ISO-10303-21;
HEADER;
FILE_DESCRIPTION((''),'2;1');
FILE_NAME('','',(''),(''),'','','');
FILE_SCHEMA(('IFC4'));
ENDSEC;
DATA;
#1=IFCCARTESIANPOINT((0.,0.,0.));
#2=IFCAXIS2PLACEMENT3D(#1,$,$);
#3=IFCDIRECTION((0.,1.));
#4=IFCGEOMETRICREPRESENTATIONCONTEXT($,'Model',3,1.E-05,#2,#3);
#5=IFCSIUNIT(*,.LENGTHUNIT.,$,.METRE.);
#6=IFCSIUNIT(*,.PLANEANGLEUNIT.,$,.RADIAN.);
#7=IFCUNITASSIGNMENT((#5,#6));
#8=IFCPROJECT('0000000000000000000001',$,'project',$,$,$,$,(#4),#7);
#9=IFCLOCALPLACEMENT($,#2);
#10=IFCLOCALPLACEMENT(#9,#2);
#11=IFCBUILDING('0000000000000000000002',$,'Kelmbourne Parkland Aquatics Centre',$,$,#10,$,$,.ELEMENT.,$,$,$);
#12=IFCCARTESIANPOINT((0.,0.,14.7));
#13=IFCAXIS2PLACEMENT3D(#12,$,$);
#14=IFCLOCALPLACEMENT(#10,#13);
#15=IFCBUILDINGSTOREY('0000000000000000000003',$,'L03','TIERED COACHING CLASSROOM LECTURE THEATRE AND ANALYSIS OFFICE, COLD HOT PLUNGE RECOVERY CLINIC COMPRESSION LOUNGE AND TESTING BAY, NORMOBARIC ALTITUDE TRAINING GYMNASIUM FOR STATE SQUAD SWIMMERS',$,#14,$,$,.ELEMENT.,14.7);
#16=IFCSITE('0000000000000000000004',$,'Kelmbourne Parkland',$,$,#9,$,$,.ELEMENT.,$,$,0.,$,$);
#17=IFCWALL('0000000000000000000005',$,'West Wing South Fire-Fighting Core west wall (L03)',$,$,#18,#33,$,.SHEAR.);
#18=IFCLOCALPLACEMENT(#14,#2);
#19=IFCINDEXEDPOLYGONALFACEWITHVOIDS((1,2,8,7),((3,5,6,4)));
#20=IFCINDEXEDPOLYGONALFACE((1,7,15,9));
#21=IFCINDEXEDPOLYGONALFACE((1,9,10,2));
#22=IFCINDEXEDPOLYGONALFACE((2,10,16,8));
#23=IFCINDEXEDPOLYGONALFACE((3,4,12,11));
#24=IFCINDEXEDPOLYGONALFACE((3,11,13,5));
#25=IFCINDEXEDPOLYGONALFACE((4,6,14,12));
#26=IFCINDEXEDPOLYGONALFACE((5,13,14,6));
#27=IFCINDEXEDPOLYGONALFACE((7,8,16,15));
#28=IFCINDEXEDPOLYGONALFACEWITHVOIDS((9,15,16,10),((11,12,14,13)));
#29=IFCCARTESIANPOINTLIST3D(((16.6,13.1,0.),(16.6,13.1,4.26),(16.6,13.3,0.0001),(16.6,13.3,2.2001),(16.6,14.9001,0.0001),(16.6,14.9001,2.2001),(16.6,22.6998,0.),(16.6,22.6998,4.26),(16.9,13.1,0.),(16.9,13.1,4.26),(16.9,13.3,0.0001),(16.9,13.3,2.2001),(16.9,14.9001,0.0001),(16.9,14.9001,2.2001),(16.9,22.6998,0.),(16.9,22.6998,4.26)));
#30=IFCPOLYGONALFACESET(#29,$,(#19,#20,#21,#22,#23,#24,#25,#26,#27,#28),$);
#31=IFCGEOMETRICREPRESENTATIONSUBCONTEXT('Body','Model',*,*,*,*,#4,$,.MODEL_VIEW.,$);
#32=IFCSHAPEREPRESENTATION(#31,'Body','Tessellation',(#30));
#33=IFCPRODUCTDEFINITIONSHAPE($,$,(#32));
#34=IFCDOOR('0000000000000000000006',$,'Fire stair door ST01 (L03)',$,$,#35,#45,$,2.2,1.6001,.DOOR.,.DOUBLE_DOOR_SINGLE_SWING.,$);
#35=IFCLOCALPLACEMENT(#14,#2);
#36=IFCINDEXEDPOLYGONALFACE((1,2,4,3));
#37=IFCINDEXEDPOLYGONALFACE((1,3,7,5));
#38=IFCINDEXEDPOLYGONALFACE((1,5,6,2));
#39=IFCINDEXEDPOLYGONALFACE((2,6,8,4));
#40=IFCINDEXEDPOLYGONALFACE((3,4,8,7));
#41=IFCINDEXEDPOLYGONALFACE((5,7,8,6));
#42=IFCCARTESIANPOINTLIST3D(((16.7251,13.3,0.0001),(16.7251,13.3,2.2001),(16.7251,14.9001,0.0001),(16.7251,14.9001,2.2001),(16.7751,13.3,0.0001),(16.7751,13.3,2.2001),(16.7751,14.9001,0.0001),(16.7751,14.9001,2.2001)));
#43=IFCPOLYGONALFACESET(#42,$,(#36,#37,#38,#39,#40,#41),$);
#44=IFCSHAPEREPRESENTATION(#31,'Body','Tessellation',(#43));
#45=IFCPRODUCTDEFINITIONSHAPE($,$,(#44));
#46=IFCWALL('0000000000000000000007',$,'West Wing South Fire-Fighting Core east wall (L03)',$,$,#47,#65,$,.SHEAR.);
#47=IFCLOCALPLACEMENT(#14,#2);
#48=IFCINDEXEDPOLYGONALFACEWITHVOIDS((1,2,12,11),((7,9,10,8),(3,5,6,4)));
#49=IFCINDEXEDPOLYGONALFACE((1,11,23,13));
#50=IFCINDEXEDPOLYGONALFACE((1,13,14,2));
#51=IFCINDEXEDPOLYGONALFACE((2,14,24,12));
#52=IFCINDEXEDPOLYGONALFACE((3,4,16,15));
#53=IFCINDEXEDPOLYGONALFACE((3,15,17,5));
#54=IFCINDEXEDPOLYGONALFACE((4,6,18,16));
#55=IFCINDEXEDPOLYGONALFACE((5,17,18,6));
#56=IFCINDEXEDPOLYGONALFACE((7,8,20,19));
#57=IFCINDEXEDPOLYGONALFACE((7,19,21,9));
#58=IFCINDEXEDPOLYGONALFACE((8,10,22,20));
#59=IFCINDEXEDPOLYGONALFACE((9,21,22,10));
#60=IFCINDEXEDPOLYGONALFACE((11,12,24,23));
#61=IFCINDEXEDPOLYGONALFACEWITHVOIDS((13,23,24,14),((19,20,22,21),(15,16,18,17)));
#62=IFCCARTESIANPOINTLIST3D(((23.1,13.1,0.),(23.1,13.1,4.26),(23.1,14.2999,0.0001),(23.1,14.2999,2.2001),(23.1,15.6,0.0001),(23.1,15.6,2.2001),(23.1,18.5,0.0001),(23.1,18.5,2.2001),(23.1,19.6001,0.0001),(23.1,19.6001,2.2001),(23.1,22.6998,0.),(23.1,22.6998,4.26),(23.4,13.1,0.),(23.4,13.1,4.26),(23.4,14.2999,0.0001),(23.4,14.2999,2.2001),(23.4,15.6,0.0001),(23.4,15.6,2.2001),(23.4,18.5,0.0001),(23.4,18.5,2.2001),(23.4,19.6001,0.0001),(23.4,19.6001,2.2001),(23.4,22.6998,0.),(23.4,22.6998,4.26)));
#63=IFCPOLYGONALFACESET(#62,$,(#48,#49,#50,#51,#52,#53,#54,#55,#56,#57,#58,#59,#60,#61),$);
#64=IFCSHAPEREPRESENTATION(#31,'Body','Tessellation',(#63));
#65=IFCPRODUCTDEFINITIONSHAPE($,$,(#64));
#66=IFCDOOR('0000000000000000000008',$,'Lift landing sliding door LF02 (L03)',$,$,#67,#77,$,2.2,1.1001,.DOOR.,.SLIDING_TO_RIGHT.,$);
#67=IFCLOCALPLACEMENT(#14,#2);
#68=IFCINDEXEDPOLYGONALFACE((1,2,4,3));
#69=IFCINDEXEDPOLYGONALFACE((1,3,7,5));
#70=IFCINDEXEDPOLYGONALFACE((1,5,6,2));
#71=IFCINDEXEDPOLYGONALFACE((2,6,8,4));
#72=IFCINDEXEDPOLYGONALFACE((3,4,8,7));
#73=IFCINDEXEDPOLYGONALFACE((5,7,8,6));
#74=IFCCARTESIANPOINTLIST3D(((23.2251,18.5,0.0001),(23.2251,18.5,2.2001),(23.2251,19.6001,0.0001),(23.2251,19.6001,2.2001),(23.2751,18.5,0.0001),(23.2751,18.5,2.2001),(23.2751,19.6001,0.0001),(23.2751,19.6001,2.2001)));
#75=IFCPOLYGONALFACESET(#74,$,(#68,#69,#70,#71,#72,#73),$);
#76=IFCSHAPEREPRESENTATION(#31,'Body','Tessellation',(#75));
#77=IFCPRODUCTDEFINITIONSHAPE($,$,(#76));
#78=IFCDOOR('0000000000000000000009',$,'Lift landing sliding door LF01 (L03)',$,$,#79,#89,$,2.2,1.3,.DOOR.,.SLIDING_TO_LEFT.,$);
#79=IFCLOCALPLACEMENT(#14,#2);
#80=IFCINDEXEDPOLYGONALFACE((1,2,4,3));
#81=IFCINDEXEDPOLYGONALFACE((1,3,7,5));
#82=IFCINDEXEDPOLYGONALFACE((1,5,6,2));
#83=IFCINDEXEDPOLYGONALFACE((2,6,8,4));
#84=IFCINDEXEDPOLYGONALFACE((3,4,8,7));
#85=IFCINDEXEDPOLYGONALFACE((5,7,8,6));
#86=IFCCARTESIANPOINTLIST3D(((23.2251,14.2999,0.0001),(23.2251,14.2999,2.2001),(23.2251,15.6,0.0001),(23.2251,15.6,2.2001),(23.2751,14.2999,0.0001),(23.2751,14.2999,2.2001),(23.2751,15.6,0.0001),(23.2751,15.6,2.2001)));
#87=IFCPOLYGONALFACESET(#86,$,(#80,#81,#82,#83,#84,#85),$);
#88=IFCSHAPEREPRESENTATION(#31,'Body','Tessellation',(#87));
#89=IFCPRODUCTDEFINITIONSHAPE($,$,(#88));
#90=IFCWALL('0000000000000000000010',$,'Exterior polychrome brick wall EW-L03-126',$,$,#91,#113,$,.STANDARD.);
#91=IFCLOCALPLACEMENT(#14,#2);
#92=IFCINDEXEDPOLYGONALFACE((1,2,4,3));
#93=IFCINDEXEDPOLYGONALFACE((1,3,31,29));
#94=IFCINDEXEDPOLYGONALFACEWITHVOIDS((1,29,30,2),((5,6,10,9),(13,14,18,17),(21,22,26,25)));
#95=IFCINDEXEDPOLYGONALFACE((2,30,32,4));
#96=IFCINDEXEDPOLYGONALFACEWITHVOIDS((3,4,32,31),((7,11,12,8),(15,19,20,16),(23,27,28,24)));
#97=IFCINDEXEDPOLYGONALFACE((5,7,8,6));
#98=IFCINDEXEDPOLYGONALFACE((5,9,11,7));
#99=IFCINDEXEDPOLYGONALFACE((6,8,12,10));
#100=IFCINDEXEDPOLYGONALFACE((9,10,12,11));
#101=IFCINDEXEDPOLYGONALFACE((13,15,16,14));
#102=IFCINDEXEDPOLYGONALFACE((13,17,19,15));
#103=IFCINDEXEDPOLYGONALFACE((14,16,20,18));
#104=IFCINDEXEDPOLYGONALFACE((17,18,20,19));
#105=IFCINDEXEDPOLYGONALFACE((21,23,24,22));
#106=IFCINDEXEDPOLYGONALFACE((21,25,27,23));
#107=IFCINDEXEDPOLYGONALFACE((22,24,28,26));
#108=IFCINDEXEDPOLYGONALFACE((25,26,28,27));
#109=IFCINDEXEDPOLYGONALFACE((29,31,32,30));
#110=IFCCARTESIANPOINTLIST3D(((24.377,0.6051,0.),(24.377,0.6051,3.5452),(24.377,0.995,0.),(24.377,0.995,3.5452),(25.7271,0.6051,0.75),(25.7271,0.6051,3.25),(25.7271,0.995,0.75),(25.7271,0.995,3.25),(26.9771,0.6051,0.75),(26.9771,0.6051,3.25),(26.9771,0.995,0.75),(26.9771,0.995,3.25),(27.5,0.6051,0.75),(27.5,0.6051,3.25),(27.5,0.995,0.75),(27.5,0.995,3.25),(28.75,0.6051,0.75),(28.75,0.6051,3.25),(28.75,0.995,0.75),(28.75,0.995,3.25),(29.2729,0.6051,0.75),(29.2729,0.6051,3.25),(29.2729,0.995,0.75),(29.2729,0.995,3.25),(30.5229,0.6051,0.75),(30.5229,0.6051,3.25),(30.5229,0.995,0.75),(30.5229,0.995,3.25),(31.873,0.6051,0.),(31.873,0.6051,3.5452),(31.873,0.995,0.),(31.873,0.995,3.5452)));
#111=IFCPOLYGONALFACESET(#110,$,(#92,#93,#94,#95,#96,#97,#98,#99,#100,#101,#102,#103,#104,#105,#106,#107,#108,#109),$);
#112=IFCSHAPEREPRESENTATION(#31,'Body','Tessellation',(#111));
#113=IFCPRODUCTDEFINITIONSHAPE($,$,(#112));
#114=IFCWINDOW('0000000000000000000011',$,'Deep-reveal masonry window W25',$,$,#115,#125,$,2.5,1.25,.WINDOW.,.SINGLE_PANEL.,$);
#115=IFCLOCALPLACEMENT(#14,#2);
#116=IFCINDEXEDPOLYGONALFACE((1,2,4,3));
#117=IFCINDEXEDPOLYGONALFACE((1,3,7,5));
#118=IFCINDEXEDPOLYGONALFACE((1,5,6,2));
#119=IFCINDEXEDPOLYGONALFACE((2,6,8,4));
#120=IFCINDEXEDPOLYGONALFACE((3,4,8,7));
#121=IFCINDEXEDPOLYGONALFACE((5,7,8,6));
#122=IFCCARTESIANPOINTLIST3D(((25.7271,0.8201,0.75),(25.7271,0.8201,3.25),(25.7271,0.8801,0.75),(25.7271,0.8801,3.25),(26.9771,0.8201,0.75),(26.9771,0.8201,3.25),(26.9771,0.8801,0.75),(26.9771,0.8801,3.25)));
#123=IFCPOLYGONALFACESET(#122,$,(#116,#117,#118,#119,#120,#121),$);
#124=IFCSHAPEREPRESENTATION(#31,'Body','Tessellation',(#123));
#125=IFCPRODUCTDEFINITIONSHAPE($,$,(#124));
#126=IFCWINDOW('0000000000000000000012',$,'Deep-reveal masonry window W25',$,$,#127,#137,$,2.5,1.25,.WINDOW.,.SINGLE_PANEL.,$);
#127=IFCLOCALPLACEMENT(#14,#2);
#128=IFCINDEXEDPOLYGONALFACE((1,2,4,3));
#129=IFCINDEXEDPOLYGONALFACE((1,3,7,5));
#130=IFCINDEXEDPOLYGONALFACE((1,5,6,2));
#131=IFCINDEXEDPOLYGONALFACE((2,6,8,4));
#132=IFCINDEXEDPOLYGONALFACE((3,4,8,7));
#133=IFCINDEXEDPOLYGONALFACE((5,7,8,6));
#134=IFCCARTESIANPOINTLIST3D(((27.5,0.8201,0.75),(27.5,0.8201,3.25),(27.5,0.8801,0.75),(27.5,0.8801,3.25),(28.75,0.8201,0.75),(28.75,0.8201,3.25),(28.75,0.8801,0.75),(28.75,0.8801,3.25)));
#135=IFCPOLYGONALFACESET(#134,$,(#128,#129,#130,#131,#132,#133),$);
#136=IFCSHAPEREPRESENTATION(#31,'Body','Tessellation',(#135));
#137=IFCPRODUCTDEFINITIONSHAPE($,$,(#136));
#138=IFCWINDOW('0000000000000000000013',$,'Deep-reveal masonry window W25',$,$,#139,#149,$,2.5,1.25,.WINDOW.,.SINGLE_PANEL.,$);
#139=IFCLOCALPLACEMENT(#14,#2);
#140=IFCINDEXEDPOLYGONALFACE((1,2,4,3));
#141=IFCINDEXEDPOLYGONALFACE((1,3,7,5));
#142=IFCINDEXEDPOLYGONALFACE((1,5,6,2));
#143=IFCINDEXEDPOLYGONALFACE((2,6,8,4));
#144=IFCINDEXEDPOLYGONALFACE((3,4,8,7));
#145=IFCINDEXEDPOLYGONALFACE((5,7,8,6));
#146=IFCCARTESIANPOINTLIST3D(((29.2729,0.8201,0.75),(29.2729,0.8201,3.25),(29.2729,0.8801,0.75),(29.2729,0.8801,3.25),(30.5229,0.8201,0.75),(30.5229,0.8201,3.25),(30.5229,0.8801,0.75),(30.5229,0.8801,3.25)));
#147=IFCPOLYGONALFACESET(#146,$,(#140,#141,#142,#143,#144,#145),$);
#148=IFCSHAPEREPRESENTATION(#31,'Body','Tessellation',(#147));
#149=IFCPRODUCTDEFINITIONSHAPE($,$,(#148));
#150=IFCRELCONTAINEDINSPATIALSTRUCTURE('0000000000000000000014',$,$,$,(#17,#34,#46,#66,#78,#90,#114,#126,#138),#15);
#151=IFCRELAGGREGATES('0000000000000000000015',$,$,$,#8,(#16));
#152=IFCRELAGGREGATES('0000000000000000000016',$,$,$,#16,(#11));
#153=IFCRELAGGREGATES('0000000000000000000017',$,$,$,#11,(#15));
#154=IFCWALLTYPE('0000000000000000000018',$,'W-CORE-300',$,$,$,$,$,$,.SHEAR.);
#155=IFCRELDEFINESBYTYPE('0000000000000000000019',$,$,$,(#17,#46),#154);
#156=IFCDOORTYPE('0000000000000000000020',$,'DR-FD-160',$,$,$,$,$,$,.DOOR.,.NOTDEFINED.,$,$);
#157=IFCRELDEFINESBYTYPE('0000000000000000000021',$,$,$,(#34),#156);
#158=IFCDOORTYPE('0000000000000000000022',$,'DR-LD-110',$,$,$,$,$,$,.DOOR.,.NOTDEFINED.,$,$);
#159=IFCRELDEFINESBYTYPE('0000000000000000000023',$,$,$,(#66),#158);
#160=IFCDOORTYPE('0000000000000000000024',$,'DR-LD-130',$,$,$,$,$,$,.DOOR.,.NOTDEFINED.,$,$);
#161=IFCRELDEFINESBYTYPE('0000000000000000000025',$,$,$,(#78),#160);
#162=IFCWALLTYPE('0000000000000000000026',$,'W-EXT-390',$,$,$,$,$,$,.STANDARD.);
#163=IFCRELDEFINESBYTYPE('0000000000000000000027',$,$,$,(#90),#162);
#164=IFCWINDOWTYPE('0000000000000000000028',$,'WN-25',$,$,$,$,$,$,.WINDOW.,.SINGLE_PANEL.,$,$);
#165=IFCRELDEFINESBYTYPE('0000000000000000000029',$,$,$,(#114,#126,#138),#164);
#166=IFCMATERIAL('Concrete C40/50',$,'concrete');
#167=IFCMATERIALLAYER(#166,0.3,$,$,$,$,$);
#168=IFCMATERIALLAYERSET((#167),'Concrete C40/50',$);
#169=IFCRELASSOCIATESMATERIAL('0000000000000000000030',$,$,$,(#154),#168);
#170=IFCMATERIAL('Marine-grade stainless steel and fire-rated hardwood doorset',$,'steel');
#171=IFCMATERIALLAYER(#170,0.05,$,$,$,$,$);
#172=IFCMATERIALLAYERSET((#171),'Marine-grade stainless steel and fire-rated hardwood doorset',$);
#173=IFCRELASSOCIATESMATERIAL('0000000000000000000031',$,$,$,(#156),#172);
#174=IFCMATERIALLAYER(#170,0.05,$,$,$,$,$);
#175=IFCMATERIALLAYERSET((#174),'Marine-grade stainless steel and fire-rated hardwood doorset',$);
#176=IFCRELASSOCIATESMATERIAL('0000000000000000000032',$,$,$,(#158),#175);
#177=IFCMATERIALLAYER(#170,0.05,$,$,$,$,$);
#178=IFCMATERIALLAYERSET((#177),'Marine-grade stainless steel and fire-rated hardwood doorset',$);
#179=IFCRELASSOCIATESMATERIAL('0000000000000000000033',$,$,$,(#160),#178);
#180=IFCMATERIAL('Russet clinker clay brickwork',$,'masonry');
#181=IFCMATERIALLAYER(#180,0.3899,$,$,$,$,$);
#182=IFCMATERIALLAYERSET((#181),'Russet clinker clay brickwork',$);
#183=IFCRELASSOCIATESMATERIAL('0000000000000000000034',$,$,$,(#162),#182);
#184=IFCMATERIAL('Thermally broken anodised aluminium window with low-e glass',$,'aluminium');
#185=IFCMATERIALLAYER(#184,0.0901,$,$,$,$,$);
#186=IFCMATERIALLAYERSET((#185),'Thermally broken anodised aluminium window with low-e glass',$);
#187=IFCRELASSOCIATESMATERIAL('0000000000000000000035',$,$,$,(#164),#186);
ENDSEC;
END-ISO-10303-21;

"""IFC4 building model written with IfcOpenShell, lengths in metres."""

from ifc_helpers import new_model, si_unit, direction, frame, frame_2d, origin, place, context, subcontext, project, spatial, rectangle, extrude, material, layer, layer_set, type_object, element, fill, save


model = new_model("IFC4")

# Units and contexts
model_context = context("Model", 3, precision=1e-05, world=origin(), true_north=direction((0.0, 1.0)))
body_context = subcontext(model_context, "Body", "Model", "MODEL_VIEW")
ifc_project = project(units=[si_unit("LENGTHUNIT", "METRE"), si_unit("PLANEANGLEUNIT", "RADIAN")], contexts=[model_context])

# Site, building, storey
site_placement = place(None, origin())
site = spatial("IfcSite", under=ifc_project, at=site_placement, Name="Kelmbourne Parkland", CompositionType="ELEMENT", RefElevation=0.0)
building_placement = place(site_placement, origin())
building = spatial("IfcBuilding", under=site, at=building_placement, Name="Kelmbourne Parkland Aquatics Centre", CompositionType="ELEMENT")
storey_placement = place(building_placement, frame((0.0, 0.0, 14.7)))
storey = spatial("IfcBuildingStorey", under=building, at=storey_placement, Name="L03", Description="TIERED COACHING CLASSROOM LECTURE THEATRE AND ANALYSIS OFFICE, COLD HOT PLUNGE RECOVERY CLINIC COMPRESSION LOUNGE AND TESTING BAY, NORMOBARIC ALTITUDE TRAINING GYMNASIUM FOR STATE SQUAD SWIMMERS", CompositionType="ELEMENT", Elevation=14.7)

# Shared definitions
ifc_material_1 = material(Name="Concrete C40/50", Category="concrete")

# Shared definitions
ifc_layer_1 = layer(ifc_material_1, 0.3)
ifc_layer_set_1 = layer_set([ifc_layer_1], Name="Concrete C40/50")
wall_type_1 = type_object("IfcWallType", Name="W-CORE-300", PredefinedType="SHEAR", material=ifc_layer_set_1)

# Wall, opening, door
wall_1_placement = place(storey_placement, frame((16.75, 13.1001, 0.0), z_axis=(0.0, 0.0, 1.0), x_axis=(0.0, 1.0, 0.0)))
wall_1 = element("IfcWall", 1, at=wall_1_placement, inside=storey, type_object=wall_type_1, Name="West Wing South Fire-Fighting Core west wall (L03)", PredefinedType="SHEAR", context=body_context, shape_type="SweptSolid", body=[
    extrude(rectangle(XDim=9.5999, YDim=0.3, at=frame_2d((4.7998, 0.0))), origin(), (0.0, 0.0, 1.0), 4.26),
])
opening_1_placement = place(wall_1_placement, frame((0.2, 0.0, 0.0)))
opening_1 = element("IfcOpeningElement", 2, at=opening_1_placement, cuts=wall_1, PredefinedType="OPENING", context=body_context, shape_type="SweptSolid", body=[
    extrude(rectangle(XDim=1.6001, YDim=2.2, at=frame_2d((0.8, 1.1001))), frame((0.0, 0.1621, 0.0), z_axis=(0.0, -1.0, 0.0), x_axis=(1.0, 0.0, 0.0)), (0.0, 0.0, 1.0), 0.324),
])
ifc_material_2 = material(Name="Marine-grade stainless steel and fire-rated hardwood doorset", Category="steel")
ifc_layer_2 = layer(ifc_material_2, 0.05)
ifc_layer_set_2 = layer_set([ifc_layer_2], Name="Marine-grade stainless steel and fire-rated hardwood doorset")
door_type_1 = type_object("IfcDoorType", Name="DR-FD-160", OperationType="NOTDEFINED", PredefinedType="DOOR", material=ifc_layer_set_2)
door_1_placement = place(opening_1_placement, origin())
door_1 = element("IfcDoor", 3, at=door_1_placement, inside=storey, type_object=door_type_1, Name="Fire stair door ST01 (L03)", OperationType="DOUBLE_DOOR_SINGLE_SWING", OverallHeight=2.2, OverallWidth=1.6001, PredefinedType="DOOR", context=body_context, shape_type="SweptSolid", body=[
    extrude(rectangle(XDim=1.6001, YDim=2.2, at=frame_2d((0.8, 1.1001))), frame((0.0, 0.0249, 0.0), z_axis=(0.0, -1.0, 0.0), x_axis=(1.0, 0.0, 0.0)), (0.0, 0.0, 1.0), 0.05),
])
fill(opening_1, door_1)

# Wall, openings, doors
wall_2_placement = place(storey_placement, frame((23.25, 13.1001, 0.0), z_axis=(0.0, 0.0, 1.0), x_axis=(0.0, 1.0, 0.0)))
wall_2 = element("IfcWall", 4, at=wall_2_placement, inside=storey, type_object=wall_type_1, Name="West Wing South Fire-Fighting Core east wall (L03)", PredefinedType="SHEAR", context=body_context, shape_type="SweptSolid", body=[
    extrude(rectangle(XDim=9.5999, YDim=0.3, at=frame_2d((4.7998, 0.0))), origin(), (0.0, 0.0, 1.0), 4.26),
])
opening_2_placement = place(wall_2_placement, frame((1.2, 0.0, 0.0)))
opening_2 = element("IfcOpeningElement", 5, at=opening_2_placement, cuts=wall_2, PredefinedType="OPENING", context=body_context, shape_type="SweptSolid", body=[
    extrude(rectangle(XDim=1.3, YDim=2.2, at=frame_2d((0.6499, 1.1001))), frame((0.0, 0.1621, 0.0), z_axis=(0.0, -1.0, 0.0), x_axis=(1.0, 0.0, 0.0)), (0.0, 0.0, 1.0), 0.324),
])
opening_3_placement = place(wall_2_placement, frame((5.3999, 0.0, 0.0)))
opening_3 = element("IfcOpeningElement", 6, at=opening_3_placement, cuts=wall_2, PredefinedType="OPENING", context=body_context, shape_type="SweptSolid", body=[
    extrude(rectangle(XDim=1.1001, YDim=2.2, at=frame_2d((0.55, 1.1001))), frame((0.0, 0.1621, 0.0), z_axis=(0.0, -1.0, 0.0), x_axis=(1.0, 0.0, 0.0)), (0.0, 0.0, 1.0), 0.324),
])
ifc_layer_3 = layer(ifc_material_2, 0.05)
ifc_layer_set_3 = layer_set([ifc_layer_3], Name="Marine-grade stainless steel and fire-rated hardwood doorset")
door_type_2 = type_object("IfcDoorType", Name="DR-LD-110", OperationType="NOTDEFINED", PredefinedType="DOOR", material=ifc_layer_set_3)
door_2_placement = place(opening_3_placement, origin())
door_2 = element("IfcDoor", 7, at=door_2_placement, inside=storey, type_object=door_type_2, Name="Lift landing sliding door LF02 (L03)", OperationType="SLIDING_TO_RIGHT", OverallHeight=2.2, OverallWidth=1.1001, PredefinedType="DOOR", context=body_context, shape_type="SweptSolid", body=[
    extrude(rectangle(XDim=1.1001, YDim=2.2, at=frame_2d((0.55, 1.1001))), frame((0.0, 0.0249, 0.0), z_axis=(0.0, -1.0, 0.0), x_axis=(1.0, 0.0, 0.0)), (0.0, 0.0, 1.0), 0.05),
])
fill(opening_3, door_2)
ifc_layer_4 = layer(ifc_material_2, 0.05)
ifc_layer_set_4 = layer_set([ifc_layer_4], Name="Marine-grade stainless steel and fire-rated hardwood doorset")
door_type_3 = type_object("IfcDoorType", Name="DR-LD-130", OperationType="NOTDEFINED", PredefinedType="DOOR", material=ifc_layer_set_4)
door_3_placement = place(opening_2_placement, origin())
door_3 = element("IfcDoor", 8, at=door_3_placement, inside=storey, type_object=door_type_3, Name="Lift landing sliding door LF01 (L03)", OperationType="SLIDING_TO_LEFT", OverallHeight=2.2, OverallWidth=1.3, PredefinedType="DOOR", context=body_context, shape_type="SweptSolid", body=[
    extrude(rectangle(XDim=1.3, YDim=2.2, at=frame_2d((0.6499, 1.1001))), frame((0.0, 0.0249, 0.0), z_axis=(0.0, -1.0, 0.0), x_axis=(1.0, 0.0, 0.0)), (0.0, 0.0, 1.0), 0.05),
])
fill(opening_2, door_3)

# Wall, openings, windows
ifc_material_3 = material(Name="Russet clinker clay brickwork", Category="masonry")
ifc_layer_5 = layer(ifc_material_3, 0.3899)
ifc_layer_set_5 = layer_set([ifc_layer_5], Name="Russet clinker clay brickwork")
wall_type_2 = type_object("IfcWallType", Name="W-EXT-390", PredefinedType="STANDARD", material=ifc_layer_set_5)
wall_3_placement = place(storey_placement, frame((24.377, 0.8, 0.0), z_axis=(0.0, 0.0, 1.0), x_axis=(1.0, 0.0, 0.0)))
wall_3 = element("IfcWall", 9, at=wall_3_placement, inside=storey, type_object=wall_type_2, Name="Exterior polychrome brick wall EW-L03-126", PredefinedType="STANDARD", context=body_context, shape_type="SweptSolid", body=[
    extrude(rectangle(XDim=7.4961, YDim=0.3899, at=frame_2d((3.748, 0.0))), origin(), (0.0, 0.0, 1.0), 3.5452),
])
opening_4_placement = place(wall_3_placement, frame((1.3501, 0.0, 0.75)))
opening_4 = element("IfcOpeningElement", 10, at=opening_4_placement, cuts=wall_3, PredefinedType="OPENING", context=body_context, shape_type="SweptSolid", body=[
    extrude(rectangle(XDim=1.25, YDim=2.5, at=frame_2d((0.625, 1.25))), frame((0.0, 0.207, 0.0), z_axis=(0.0, -1.0, 0.0), x_axis=(1.0, 0.0, 0.0)), (0.0, 0.0, 1.0), 0.4138),
])
opening_5_placement = place(wall_3_placement, frame((3.123, 0.0, 0.75)))
opening_5 = element("IfcOpeningElement", 11, at=opening_5_placement, cuts=wall_3, PredefinedType="OPENING", context=body_context, shape_type="SweptSolid", body=[
    extrude(rectangle(XDim=1.25, YDim=2.5, at=frame_2d((0.625, 1.25))), frame((0.0, 0.207, 0.0), z_axis=(0.0, -1.0, 0.0), x_axis=(1.0, 0.0, 0.0)), (0.0, 0.0, 1.0), 0.4138),
])
opening_6_placement = place(wall_3_placement, frame((4.896, 0.0, 0.75)))
opening_6 = element("IfcOpeningElement", 12, at=opening_6_placement, cuts=wall_3, PredefinedType="OPENING", context=body_context, shape_type="SweptSolid", body=[
    extrude(rectangle(XDim=1.25, YDim=2.5, at=frame_2d((0.625, 1.25))), frame((0.0, 0.207, 0.0), z_axis=(0.0, -1.0, 0.0), x_axis=(1.0, 0.0, 0.0)), (0.0, 0.0, 1.0), 0.4138),
])
ifc_material_4 = material(Name="Thermally broken anodised aluminium window with low-e glass", Category="aluminium")
ifc_layer_6 = layer(ifc_material_4, 0.0901)
ifc_layer_set_6 = layer_set([ifc_layer_6], Name="Thermally broken anodised aluminium window with low-e glass")
window_type = type_object("IfcWindowType", Name="WN-25", PartitioningType="SINGLE_PANEL", PredefinedType="WINDOW", material=ifc_layer_set_6)
window_1_placement = place(opening_4_placement, origin())
window_1 = element("IfcWindow", 13, at=window_1_placement, inside=storey, type_object=window_type, Name="Deep-reveal masonry window W25", OverallHeight=2.5, OverallWidth=1.25, PartitioningType="SINGLE_PANEL", PredefinedType="WINDOW", context=body_context, shape_type="SweptSolid", body=[
    extrude(rectangle(XDim=1.25, YDim=2.5, at=frame_2d((0.625, 1.25))), frame((0.0, 0.0801, 0.0), z_axis=(0.0, -1.0, 0.0), x_axis=(1.0, 0.0, 0.0)), (0.0, 0.0, 1.0), 0.0601),
])
fill(opening_4, window_1)
window_2_placement = place(opening_5_placement, origin())
window_2 = element("IfcWindow", 14, at=window_2_placement, inside=storey, type_object=window_type, Name="Deep-reveal masonry window W25", OverallHeight=2.5, OverallWidth=1.25, PartitioningType="SINGLE_PANEL", PredefinedType="WINDOW", context=body_context, shape_type="SweptSolid", body=[
    extrude(rectangle(XDim=1.25, YDim=2.5, at=frame_2d((0.625, 1.25))), frame((0.0, 0.0801, 0.0), z_axis=(0.0, -1.0, 0.0), x_axis=(1.0, 0.0, 0.0)), (0.0, 0.0, 1.0), 0.0601),
])
fill(opening_5, window_2)
window_3_placement = place(opening_6_placement, origin())
window_3 = element("IfcWindow", 15, at=window_3_placement, inside=storey, type_object=window_type, Name="Deep-reveal masonry window W25", OverallHeight=2.5, OverallWidth=1.25, PartitioningType="SINGLE_PANEL", PredefinedType="WINDOW", context=body_context, shape_type="SweptSolid", body=[
    extrude(rectangle(XDim=1.25, YDim=2.5, at=frame_2d((0.625, 1.25))), frame((0.0, 0.0801, 0.0), z_axis=(0.0, -1.0, 0.0), x_axis=(1.0, 0.0, 0.0)), (0.0, 0.0, 1.0), 0.0601),
])
fill(opening_6, window_3)

save(model, "model.ifc")
